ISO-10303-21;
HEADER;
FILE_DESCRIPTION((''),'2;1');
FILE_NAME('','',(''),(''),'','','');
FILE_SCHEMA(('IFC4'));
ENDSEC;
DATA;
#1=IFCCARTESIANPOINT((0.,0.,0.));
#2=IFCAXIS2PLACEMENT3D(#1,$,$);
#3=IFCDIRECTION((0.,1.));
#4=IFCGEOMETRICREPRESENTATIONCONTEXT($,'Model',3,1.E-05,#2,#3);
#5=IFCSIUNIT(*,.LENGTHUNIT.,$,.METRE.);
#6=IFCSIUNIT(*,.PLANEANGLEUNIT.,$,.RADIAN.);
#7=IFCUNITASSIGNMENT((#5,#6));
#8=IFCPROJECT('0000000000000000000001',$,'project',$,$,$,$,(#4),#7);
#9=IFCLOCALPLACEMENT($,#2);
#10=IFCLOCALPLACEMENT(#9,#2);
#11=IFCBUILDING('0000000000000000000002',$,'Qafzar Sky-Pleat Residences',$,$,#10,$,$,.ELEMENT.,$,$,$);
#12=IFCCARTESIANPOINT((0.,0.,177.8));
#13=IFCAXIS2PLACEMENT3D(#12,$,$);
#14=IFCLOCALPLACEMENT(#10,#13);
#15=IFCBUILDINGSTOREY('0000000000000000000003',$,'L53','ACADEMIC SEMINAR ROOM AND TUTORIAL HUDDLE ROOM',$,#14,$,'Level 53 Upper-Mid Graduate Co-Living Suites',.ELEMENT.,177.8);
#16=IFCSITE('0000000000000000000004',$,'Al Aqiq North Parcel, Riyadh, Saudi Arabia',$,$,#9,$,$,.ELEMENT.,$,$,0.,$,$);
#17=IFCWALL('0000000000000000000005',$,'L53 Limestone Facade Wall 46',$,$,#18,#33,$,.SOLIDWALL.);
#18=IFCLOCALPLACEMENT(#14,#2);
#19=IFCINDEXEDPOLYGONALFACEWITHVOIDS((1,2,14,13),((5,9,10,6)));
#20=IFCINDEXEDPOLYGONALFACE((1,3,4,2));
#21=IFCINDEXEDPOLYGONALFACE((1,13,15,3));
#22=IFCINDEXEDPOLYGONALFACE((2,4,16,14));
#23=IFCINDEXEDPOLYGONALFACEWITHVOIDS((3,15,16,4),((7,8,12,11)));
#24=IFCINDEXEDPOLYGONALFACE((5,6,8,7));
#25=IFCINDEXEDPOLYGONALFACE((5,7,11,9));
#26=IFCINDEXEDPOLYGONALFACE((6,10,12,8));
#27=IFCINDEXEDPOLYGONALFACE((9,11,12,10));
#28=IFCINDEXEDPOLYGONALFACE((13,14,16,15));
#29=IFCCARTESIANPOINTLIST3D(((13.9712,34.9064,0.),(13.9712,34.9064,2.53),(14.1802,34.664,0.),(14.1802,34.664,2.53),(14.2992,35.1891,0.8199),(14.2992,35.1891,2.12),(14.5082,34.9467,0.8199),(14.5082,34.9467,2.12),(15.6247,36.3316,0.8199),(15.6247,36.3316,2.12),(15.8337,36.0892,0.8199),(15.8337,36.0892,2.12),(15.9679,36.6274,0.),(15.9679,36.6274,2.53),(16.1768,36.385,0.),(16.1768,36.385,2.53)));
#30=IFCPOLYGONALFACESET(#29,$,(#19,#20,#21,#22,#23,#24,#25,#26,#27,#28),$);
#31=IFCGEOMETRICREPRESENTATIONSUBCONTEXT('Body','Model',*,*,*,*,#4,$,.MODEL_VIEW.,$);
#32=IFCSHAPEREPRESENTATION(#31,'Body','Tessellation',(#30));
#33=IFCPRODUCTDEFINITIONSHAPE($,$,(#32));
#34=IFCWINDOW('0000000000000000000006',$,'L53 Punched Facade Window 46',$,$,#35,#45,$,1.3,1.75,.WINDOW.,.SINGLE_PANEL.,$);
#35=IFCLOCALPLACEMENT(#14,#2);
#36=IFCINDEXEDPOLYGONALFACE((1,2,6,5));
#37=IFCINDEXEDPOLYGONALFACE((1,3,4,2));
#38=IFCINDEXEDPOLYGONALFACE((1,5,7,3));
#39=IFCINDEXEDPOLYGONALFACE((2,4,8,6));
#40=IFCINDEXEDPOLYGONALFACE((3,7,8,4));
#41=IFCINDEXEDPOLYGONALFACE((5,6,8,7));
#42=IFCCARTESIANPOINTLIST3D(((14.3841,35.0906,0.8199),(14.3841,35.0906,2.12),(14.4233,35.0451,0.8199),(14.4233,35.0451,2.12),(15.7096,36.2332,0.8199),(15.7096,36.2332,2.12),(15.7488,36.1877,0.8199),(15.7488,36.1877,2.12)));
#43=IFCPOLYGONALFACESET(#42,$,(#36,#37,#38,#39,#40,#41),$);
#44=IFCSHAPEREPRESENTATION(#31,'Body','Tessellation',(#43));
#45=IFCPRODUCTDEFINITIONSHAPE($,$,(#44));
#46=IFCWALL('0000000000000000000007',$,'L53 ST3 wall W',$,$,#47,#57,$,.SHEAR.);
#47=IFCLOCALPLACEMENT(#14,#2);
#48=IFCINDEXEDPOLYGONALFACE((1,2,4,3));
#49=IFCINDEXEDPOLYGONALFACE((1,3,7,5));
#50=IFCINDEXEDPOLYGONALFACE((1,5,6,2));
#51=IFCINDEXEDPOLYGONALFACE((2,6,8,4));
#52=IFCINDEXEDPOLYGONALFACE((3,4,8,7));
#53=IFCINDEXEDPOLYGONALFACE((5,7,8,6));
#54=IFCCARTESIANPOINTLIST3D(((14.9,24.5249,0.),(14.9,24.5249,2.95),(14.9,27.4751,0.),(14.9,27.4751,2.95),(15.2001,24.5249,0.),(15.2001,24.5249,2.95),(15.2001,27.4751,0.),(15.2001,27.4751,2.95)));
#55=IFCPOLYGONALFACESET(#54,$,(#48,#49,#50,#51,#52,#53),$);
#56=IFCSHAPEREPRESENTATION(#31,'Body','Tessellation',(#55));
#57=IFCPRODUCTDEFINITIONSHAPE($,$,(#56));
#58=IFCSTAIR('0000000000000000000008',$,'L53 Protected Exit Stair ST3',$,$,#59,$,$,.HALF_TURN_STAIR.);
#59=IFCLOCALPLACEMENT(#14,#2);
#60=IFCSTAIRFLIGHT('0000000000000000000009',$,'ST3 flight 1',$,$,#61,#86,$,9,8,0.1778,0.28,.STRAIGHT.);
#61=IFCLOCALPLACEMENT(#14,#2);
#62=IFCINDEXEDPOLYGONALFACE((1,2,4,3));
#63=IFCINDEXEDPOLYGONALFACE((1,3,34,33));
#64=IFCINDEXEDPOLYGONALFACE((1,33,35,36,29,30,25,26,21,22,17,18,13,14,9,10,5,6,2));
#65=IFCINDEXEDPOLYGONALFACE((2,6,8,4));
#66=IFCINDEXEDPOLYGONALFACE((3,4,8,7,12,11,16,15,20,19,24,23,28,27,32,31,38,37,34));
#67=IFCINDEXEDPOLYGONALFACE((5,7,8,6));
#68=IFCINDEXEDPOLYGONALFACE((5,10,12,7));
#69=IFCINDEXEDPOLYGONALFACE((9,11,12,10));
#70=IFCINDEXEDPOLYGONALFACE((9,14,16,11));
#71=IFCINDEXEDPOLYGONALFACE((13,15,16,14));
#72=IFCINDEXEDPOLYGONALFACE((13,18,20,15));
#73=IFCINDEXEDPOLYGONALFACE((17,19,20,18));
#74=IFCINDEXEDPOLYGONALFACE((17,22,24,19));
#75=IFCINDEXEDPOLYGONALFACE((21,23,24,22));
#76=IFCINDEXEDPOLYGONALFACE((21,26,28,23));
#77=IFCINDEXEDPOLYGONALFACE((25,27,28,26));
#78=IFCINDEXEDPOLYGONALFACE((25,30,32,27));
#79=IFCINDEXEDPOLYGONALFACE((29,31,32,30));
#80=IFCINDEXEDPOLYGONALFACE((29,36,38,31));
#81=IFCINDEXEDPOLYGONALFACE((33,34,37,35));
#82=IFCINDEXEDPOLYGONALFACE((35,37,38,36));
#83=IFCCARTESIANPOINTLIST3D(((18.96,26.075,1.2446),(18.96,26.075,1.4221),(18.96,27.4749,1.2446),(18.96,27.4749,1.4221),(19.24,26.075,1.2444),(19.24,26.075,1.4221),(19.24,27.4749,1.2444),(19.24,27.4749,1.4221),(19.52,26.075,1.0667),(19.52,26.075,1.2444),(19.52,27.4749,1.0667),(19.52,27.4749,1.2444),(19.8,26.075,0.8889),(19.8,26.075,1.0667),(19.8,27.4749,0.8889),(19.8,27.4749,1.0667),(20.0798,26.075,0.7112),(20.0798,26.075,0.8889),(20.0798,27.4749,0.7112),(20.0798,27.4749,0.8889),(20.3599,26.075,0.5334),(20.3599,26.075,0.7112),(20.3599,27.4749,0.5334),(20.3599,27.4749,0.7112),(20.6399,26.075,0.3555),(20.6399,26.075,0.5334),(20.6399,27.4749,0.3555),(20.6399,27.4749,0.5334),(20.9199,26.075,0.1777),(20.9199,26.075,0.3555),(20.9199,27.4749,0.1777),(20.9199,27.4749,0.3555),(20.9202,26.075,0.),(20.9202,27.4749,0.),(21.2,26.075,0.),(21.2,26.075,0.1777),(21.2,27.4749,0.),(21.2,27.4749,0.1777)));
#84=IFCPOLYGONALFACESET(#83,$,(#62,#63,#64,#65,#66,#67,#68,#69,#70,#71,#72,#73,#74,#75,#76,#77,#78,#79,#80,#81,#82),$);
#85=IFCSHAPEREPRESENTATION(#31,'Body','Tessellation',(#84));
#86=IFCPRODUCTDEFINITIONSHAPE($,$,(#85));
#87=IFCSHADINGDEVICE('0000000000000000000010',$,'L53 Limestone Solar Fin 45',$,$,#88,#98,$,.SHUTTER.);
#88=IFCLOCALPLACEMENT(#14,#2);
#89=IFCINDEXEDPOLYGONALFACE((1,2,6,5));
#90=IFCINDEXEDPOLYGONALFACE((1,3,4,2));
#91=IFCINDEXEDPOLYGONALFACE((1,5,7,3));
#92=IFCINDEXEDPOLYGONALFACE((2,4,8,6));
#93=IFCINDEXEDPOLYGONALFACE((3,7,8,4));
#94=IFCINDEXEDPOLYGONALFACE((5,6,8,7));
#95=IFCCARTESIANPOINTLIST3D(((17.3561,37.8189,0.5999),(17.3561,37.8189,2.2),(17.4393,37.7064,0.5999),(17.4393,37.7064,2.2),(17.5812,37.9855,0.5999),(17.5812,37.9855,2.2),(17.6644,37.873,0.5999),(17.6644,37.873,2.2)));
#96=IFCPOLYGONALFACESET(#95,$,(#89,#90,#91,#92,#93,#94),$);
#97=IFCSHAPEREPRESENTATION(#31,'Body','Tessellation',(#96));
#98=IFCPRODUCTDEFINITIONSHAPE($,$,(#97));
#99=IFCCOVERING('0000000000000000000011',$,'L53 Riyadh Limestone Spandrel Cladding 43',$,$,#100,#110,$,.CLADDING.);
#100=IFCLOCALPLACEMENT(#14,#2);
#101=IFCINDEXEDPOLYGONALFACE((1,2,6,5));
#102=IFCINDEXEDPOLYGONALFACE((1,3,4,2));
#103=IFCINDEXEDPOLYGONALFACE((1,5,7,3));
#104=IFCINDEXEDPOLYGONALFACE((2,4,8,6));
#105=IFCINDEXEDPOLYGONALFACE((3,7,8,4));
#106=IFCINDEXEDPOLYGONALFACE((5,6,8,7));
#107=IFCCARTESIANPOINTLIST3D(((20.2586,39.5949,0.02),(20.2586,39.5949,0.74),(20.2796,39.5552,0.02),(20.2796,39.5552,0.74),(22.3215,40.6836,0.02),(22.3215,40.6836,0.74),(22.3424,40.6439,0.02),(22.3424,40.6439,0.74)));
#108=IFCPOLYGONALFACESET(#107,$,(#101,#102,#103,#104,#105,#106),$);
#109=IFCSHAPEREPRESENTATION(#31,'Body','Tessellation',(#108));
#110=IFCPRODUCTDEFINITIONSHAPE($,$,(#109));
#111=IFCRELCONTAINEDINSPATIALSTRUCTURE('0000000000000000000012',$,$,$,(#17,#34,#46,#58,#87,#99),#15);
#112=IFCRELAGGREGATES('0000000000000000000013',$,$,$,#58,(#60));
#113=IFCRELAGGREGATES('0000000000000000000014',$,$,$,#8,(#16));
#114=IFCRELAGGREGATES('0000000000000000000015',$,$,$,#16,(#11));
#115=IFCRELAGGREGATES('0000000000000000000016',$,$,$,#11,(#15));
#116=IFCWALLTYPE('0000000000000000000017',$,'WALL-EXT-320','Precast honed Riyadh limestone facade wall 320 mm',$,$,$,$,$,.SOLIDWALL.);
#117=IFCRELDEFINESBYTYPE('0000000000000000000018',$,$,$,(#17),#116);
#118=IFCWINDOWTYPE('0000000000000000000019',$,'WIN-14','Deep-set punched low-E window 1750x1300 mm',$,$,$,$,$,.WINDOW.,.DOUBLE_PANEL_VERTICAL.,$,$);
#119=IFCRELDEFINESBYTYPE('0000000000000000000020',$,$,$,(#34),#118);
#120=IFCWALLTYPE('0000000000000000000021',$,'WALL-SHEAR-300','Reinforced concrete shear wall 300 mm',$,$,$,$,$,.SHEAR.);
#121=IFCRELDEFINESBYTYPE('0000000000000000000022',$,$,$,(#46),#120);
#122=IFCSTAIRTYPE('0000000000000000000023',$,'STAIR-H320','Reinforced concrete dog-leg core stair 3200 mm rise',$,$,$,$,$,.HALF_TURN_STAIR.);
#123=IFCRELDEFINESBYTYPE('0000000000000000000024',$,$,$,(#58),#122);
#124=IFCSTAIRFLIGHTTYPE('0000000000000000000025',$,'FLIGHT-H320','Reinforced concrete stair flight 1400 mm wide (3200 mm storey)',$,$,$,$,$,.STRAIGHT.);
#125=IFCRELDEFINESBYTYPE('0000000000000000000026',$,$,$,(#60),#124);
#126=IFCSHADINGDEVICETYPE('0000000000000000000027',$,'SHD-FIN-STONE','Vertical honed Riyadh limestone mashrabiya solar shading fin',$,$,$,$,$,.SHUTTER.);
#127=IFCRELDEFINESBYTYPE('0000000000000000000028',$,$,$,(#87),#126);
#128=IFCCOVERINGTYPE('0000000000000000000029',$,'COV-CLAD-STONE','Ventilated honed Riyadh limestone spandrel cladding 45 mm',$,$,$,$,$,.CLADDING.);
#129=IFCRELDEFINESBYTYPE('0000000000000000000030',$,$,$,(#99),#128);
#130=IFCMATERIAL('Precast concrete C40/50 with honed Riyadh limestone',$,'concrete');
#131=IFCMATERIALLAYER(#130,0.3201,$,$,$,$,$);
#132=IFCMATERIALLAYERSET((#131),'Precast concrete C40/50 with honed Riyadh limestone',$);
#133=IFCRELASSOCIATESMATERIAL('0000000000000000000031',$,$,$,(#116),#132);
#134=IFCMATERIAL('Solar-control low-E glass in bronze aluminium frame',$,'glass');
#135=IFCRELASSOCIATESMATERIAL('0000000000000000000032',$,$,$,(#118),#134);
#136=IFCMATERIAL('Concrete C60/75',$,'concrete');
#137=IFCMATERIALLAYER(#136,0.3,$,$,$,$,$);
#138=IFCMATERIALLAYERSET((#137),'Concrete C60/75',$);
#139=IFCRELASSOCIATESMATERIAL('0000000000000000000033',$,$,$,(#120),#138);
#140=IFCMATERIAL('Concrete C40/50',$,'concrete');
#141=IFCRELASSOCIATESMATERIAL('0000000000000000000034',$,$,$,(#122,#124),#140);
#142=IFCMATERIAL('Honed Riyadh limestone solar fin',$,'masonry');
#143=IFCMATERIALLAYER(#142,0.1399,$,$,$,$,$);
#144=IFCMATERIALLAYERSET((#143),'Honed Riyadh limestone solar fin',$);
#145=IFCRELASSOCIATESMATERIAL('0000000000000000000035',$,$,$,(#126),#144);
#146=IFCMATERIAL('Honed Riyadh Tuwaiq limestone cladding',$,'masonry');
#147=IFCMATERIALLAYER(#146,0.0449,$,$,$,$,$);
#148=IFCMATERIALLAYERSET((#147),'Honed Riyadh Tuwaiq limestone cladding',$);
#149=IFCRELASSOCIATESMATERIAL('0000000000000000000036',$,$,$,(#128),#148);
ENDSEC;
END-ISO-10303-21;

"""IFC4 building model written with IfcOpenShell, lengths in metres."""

from ifc_helpers import new_model, si_unit, direction, frame, frame_2d, origin, origin_2d, place, context, subcontext, project, spatial, polyline, rectangle, outline, extrude, source, transform, mapped, material, layer, layer_set, type_object, element, fill, aggregate, save


model = new_model("IFC4")

# Units and contexts
model_context = context("Model", 3, precision=1e-05, world=origin(), true_north=direction((0.0, 1.0)))
body_context = subcontext(model_context, "Body", "Model", "MODEL_VIEW")
ifc_project = project(units=[si_unit("LENGTHUNIT", "METRE"), si_unit("PLANEANGLEUNIT", "RADIAN")], contexts=[model_context])

# Site, building, storey
site_placement = place(None, origin())
site = spatial("IfcSite", under=ifc_project, at=site_placement, Name="Al Aqiq North Parcel, Riyadh, Saudi Arabia", CompositionType="ELEMENT", RefElevation=0.0)
building_placement = place(site_placement, origin())
building = spatial("IfcBuilding", under=site, at=building_placement, Name="Qafzar Sky-Pleat Residences", CompositionType="ELEMENT")
storey_placement = place(building_placement, frame((0.0, 0.0, 177.8)))
storey = spatial("IfcBuildingStorey", under=building, at=storey_placement, Name="L53", Description="ACADEMIC SEMINAR ROOM AND TUTORIAL HUDDLE ROOM", LongName="Level 53 Upper-Mid Graduate Co-Living Suites", CompositionType="ELEMENT", Elevation=177.8)

# Shared definitions
ifc_material_1 = material(Name="Concrete C60/75", Category="concrete")

# Wall, opening, window
ifc_material_2 = material(Name="Precast concrete C40/50 with honed Riyadh limestone", Category="concrete")
ifc_layer_1 = layer(ifc_material_2, 0.3201)
ifc_layer_set_1 = layer_set([ifc_layer_1], Name="Precast concrete C40/50 with honed Riyadh limestone")
wall_type_1 = type_object("IfcWallType", Name="WALL-EXT-320", Description="Precast honed Riyadh limestone facade wall 320 mm", PredefinedType="SOLIDWALL", material=ifc_layer_set_1)
ifc_material_3 = material(Name="Solar-control low-E glass in bronze aluminium frame", Category="glass")
wall_1_placement = place(storey_placement, frame((16.0723, 36.5061, 0.0), z_axis=(0.0, 0.0, 1.0), x_axis=(-0.757456, -0.652886, 0.0)))
wall_1 = element("IfcWall", 1, at=wall_1_placement, inside=storey, type_object=wall_type_1, Name="L53 Limestone Facade Wall 46", PredefinedType="SOLIDWALL", context=body_context, shape_type="SweptSolid", body=[
    extrude(rectangle(XDim=2.636, YDim=0.3201, at=frame_2d((1.3179, 0.0))), origin(), (0.0, 0.0, 1.0), 2.53),
])
opening_1_placement = place(wall_1_placement, frame((0.4529, 0.0, 0.8201)))
opening_1 = element("IfcOpeningElement", 2, at=opening_1_placement, cuts=wall_1, PredefinedType="OPENING", context=body_context, shape_type="SweptSolid", body=[
    extrude(rectangle(XDim=1.75, YDim=1.3, at=frame_2d((0.875, 0.6499))), frame((0.0, 0.1699, 0.0), z_axis=(0.0, -1.0, 0.0), x_axis=(1.0, 0.0, 0.0)), (0.0, 0.0, 1.0), 0.3401),
])
window_type_1 = type_object("IfcWindowType", Name="WIN-14", Description="Deep-set punched low-E window 1750x1300 mm", PartitioningType="DOUBLE_PANEL_VERTICAL", PredefinedType="WINDOW", material=ifc_material_3)
shared_shape_1 = source(origin(), body_context, "Body", "SweptSolid", [
    extrude(rectangle(XDim=1.75, YDim=1.3, at=frame_2d((0.875, 0.6499))), frame((0.0, 0.03, 0.0), z_axis=(0.0, -1.0, 0.0), x_axis=(1.0, 0.0, 0.0)), (0.0, 0.0, 1.0), 0.0601),
])
window_1_placement = place(opening_1_placement, origin())
window_1 = element("IfcWindow", 3, at=window_1_placement, inside=storey, type_object=window_type_1, Name="L53 Punched Facade Window 46", OverallHeight=1.3, OverallWidth=1.75, PartitioningType="SINGLE_PANEL", PredefinedType="WINDOW", context=body_context, shape_type="MappedRepresentation", body=[
    mapped(shared_shape_1, transform((0.0, 0.0, 0.0), x_axis=(1.0, 0.0, 0.0), y_axis=(0.0, 1.0, 0.0), z_axis=(0.0, 0.0, 1.0), scale=1.0)),
])
fill(opening_1, window_1)

# Wall
ifc_layer_2 = layer(ifc_material_1, 0.3)
ifc_layer_set_2 = layer_set([ifc_layer_2], Name="Concrete C60/75")
wall_type_2 = type_object("IfcWallType", Name="WALL-SHEAR-300", Description="Reinforced concrete shear wall 300 mm", PredefinedType="SHEAR", material=ifc_layer_set_2)
wall_2_placement = place(storey_placement, frame((15.05, 27.4751, 0.0), z_axis=(0.0, 0.0, 1.0), x_axis=(0.0, -1.0, 0.0)))
element("IfcWall", 4, at=wall_2_placement, inside=storey, type_object=wall_type_2, Name="L53 ST3 wall W", PredefinedType="SHEAR", context=body_context, shape_type="SweptSolid", body=[
    extrude(rectangle(XDim=2.9502, YDim=0.3, at=frame_2d((1.4751, 0.0))), origin(), (0.0, 0.0, 1.0), 2.95),
])

# Stair, stair flight
ifc_material_4 = material(Name="Concrete C40/50", Category="concrete")
stair_type = type_object("IfcStairType", Name="STAIR-H320", Description="Reinforced concrete dog-leg core stair 3200 mm rise", PredefinedType="HALF_TURN_STAIR", material=ifc_material_4)
stair_placement = place(storey_placement, origin())
stair = element("IfcStair", 5, at=stair_placement, inside=storey, type_object=stair_type, Name="L53 Protected Exit Stair ST3", PredefinedType="HALF_TURN_STAIR")
stair_flight_type = type_object("IfcStairFlightType", Name="FLIGHT-H320", Description="Reinforced concrete stair flight 1400 mm wide (3200 mm storey)", PredefinedType="STRAIGHT", material=ifc_material_4)
shared_shape_2 = source(origin(), body_context, "Body", "SweptSolid", [
    extrude(outline(polyline([(0.0, 0.0), (0.0, 0.1777), (0.28, 0.1777), (0.28, 0.3555), (0.5601, 0.3555), (0.5601, 0.5334), (0.8401, 0.5334), (0.8401, 0.7112), (1.1201, 0.7112), (1.1201, 0.8889), (1.3999, 0.8889), (1.3999, 1.0667), (1.6799, 1.0667), (1.6799, 1.2444), (1.96, 1.2444), (1.96, 1.4221), (2.24, 1.4221), (2.24, 1.6001), (2.24, 1.2446), (0.2798, 0.0), (0.0, 0.0)])), frame((0.0, 0.7, 0.0), z_axis=(0.0, -1.0, 0.0), x_axis=(1.0, 0.0, 0.0)), (0.0, 0.0, 1.0), 1.3999),
])
stair_flight_placement = place(storey_placement, frame((21.2, 26.7749, 0.0), z_axis=(0.0, 0.0, 1.0), x_axis=(-1.0, 0.0, 0.0)))
stair_flight = element("IfcStairFlight", 6, at=stair_flight_placement, type_object=stair_flight_type, Name="ST3 flight 1", NumberOfRisers=9, NumberOfTreads=8, PredefinedType="STRAIGHT", RiserHeight=0.1778, TreadLength=0.28, context=body_context, shape_type="MappedRepresentation", body=[
    mapped(shared_shape_2, transform((0.0, 0.0, 0.0), x_axis=(1.0, 0.0, 0.0), y_axis=(0.0, 1.0, 0.0), z_axis=(0.0, 0.0, 1.0), scale=1.0)),
])
aggregate(stair, [stair_flight])

# Shading device
ifc_material_5 = material(Name="Honed Riyadh limestone solar fin", Category="masonry")
ifc_layer_3 = layer(ifc_material_5, 0.1399)
ifc_layer_set_3 = layer_set([ifc_layer_3], Name="Honed Riyadh limestone solar fin")
shading_device_type = type_object("IfcShadingDeviceType", Name="SHD-FIN-STONE", Description="Vertical honed Riyadh limestone mashrabiya solar shading fin", PredefinedType="SHUTTER", material=ifc_layer_set_3)
shared_shape_3 = source(origin(), body_context, "Body", "SweptSolid", [
    extrude(rectangle(XDim=0.1399, YDim=0.28, at=origin_2d()), origin(), (0.0, 0.0, 1.0), 1.6001),
])
shading_device_placement = place(storey_placement, frame((17.5103, 37.8459, 0.5999), z_axis=(0.0, 0.0, 1.0), x_axis=(-0.59487, 0.803822, 0.0)))
element("IfcShadingDevice", 7, at=shading_device_placement, inside=storey, type_object=shading_device_type, Name="L53 Limestone Solar Fin 45", PredefinedType="SHUTTER", context=body_context, shape_type="MappedRepresentation", body=[
    mapped(shared_shape_3, transform((0.0, 0.0, 0.0), x_axis=(1.0, 0.0, 0.0), y_axis=(0.0, 1.0, 0.0), z_axis=(0.0, 0.0, 1.0), scale=1.0)),
])

# Covering
ifc_material_6 = material(Name="Honed Riyadh Tuwaiq limestone cladding", Category="masonry")
ifc_layer_4 = layer(ifc_material_6, 0.0449)
ifc_layer_set_4 = layer_set([ifc_layer_4], Name="Honed Riyadh Tuwaiq limestone cladding")
covering_type = type_object("IfcCoveringType", Name="COV-CLAD-STONE", Description="Ventilated honed Riyadh limestone spandrel cladding 45 mm", PredefinedType="CLADDING", material=ifc_layer_set_4)
shared_shape_4 = source(origin(), body_context, "Body", "SweptSolid", [
    extrude(rectangle(XDim=2.3325, YDim=0.0449, at=origin_2d()), origin(), (0.0, 0.0, 1.0), 0.72),
])
covering_placement = place(storey_placement, frame((21.3005, 40.1194, 0.02), z_axis=(0.0, 0.0, 1.0), x_axis=(-0.884388, -0.466753, 0.0)))
element("IfcCovering", 8, at=covering_placement, inside=storey, type_object=covering_type, Name="L53 Riyadh Limestone Spandrel Cladding 43", PredefinedType="CLADDING", context=body_context, shape_type="MappedRepresentation", body=[
    mapped(shared_shape_4, transform((0.0, 0.0, 0.0), x_axis=(1.0, 0.0, 0.0), y_axis=(0.0, 1.0, 0.0), z_axis=(0.0, 0.0, 1.0), scale=1.0)),
])

save(model, "model.ifc")
